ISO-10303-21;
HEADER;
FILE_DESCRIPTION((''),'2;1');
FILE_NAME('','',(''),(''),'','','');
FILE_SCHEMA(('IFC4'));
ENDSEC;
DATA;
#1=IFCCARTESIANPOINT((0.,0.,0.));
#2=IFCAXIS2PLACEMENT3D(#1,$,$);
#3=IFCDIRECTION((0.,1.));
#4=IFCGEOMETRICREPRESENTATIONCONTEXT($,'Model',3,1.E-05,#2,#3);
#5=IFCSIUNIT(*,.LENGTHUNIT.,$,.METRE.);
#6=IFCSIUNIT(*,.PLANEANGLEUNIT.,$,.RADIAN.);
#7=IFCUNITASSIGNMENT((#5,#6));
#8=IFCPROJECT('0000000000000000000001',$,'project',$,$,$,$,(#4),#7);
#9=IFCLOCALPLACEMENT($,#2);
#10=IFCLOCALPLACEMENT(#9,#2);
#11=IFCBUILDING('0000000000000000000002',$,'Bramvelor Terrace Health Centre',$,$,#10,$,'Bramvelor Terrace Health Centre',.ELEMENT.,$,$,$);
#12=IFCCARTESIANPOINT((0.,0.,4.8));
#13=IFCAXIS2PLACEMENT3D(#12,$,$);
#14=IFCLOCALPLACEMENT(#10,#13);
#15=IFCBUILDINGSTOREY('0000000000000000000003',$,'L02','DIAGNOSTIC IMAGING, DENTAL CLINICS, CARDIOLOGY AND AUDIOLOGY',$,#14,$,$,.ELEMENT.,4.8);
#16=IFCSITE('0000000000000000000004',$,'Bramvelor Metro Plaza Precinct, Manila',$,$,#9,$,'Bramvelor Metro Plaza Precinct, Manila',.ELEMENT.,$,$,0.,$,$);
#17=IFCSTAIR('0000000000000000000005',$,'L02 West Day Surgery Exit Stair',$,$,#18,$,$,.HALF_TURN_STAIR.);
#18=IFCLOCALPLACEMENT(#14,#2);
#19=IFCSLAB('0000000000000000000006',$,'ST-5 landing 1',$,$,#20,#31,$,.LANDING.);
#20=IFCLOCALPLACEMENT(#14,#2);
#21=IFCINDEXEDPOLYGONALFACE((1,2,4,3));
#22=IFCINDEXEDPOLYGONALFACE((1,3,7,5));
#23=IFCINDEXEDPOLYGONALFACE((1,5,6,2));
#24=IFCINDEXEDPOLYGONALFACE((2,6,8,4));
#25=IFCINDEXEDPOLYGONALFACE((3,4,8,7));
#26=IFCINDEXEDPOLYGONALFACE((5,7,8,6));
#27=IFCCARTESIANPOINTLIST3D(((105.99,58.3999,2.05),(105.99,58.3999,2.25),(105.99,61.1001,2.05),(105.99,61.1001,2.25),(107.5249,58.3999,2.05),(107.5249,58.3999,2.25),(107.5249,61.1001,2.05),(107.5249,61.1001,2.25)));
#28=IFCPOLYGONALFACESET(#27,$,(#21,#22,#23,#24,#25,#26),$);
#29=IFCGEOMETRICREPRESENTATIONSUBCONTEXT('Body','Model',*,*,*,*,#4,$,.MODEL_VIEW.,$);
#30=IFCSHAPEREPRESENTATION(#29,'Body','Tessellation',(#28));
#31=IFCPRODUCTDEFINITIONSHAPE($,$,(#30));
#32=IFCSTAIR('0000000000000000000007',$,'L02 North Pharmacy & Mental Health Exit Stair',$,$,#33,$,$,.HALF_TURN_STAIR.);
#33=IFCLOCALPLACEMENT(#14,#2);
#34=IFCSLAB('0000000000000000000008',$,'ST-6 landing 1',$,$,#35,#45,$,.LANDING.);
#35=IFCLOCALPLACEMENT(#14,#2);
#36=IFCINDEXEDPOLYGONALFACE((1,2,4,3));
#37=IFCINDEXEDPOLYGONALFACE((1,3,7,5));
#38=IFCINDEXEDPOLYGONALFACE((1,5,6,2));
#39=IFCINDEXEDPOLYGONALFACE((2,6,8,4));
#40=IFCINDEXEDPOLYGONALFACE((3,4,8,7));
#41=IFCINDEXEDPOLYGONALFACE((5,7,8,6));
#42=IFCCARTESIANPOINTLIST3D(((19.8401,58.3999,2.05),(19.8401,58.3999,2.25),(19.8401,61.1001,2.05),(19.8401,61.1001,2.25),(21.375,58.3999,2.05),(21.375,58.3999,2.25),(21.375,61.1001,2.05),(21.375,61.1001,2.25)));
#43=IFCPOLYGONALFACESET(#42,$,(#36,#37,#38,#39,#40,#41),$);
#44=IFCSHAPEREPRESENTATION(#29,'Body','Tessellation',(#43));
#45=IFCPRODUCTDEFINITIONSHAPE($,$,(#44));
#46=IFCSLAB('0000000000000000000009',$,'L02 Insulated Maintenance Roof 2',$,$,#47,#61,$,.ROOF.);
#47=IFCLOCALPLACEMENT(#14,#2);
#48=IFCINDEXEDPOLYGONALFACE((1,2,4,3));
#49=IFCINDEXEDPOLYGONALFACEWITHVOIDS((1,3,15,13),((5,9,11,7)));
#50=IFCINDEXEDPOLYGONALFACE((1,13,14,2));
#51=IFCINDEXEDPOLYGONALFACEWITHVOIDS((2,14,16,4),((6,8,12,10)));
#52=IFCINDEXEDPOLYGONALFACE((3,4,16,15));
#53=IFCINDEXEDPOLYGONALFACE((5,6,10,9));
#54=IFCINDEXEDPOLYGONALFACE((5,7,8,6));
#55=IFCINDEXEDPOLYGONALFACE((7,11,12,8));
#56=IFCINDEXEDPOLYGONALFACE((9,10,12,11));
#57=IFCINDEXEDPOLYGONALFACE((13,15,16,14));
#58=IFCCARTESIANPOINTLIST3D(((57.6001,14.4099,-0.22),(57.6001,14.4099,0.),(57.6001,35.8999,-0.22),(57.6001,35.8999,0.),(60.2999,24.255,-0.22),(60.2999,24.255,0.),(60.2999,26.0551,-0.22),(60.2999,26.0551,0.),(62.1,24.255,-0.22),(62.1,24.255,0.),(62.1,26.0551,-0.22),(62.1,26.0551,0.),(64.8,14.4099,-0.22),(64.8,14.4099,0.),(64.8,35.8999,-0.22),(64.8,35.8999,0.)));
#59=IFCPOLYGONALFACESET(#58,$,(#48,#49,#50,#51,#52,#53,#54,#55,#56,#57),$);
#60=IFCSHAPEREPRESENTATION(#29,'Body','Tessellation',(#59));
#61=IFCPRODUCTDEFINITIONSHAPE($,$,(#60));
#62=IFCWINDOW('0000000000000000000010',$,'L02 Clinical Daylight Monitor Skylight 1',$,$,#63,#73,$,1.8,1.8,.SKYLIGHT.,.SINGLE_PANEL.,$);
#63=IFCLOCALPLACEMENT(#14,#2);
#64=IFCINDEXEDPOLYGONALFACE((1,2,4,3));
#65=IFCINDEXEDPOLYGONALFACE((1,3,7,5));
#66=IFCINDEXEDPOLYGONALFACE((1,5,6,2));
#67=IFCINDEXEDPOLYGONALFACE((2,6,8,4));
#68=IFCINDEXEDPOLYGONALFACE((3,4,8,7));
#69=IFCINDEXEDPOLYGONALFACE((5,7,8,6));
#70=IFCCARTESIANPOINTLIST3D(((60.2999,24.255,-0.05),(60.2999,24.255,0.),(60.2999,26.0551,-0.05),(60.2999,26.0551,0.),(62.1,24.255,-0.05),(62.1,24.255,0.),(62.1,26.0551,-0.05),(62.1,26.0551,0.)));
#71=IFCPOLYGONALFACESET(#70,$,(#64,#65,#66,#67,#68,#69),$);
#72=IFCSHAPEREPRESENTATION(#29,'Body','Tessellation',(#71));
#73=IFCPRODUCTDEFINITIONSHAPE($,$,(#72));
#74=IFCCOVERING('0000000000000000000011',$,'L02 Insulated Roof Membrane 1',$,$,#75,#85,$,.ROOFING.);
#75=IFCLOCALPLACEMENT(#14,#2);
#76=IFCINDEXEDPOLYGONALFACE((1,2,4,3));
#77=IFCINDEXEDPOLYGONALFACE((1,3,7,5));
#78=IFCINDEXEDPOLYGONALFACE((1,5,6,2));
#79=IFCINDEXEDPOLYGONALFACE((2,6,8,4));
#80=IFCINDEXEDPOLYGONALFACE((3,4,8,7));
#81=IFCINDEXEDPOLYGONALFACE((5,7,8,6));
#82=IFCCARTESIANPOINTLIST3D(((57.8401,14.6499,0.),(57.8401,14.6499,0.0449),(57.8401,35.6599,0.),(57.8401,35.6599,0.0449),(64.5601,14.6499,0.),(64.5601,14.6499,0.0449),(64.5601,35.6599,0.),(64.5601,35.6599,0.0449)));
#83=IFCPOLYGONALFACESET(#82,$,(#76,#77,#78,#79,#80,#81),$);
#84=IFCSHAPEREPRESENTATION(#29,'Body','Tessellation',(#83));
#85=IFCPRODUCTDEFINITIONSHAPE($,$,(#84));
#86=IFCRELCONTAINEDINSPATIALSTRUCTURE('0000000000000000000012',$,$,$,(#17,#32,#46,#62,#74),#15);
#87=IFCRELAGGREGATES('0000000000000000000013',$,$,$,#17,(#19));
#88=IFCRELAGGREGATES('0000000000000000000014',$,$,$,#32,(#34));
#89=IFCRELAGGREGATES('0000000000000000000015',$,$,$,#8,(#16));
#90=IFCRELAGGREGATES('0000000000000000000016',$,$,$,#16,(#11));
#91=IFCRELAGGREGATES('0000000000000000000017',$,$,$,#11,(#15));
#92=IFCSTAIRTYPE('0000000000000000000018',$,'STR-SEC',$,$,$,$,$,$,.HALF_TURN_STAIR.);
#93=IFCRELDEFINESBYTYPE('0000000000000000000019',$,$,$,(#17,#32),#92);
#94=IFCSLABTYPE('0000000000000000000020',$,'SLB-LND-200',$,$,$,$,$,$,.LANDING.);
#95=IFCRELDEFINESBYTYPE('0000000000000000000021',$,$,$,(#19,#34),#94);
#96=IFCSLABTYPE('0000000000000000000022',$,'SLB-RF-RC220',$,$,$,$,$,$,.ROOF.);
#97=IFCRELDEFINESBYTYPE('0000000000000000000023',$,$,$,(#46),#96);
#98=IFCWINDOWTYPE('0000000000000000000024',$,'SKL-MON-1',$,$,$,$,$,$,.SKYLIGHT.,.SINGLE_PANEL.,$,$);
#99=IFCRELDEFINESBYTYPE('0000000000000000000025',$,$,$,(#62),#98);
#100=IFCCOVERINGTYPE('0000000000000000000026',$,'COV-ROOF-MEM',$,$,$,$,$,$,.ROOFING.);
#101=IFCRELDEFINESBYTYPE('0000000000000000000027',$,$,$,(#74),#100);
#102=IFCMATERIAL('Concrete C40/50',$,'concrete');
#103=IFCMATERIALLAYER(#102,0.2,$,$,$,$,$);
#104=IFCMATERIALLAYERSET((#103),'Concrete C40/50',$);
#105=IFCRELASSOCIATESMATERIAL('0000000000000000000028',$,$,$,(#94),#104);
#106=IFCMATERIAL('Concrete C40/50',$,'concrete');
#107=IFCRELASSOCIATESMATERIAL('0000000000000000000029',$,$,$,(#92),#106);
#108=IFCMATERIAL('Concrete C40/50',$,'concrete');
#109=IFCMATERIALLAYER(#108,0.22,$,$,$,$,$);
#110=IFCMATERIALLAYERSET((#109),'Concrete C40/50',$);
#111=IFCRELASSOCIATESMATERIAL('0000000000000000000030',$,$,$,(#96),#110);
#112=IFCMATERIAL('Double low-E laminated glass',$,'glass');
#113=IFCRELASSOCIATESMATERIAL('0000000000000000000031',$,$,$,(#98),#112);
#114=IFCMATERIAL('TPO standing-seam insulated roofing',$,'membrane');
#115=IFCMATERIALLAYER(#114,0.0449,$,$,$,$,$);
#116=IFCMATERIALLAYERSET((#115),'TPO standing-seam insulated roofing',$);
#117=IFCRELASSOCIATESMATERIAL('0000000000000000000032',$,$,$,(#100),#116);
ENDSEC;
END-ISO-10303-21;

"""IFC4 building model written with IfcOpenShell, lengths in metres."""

from ifc_helpers import new_model, si_unit, direction, frame, origin, origin_2d, place, context, subcontext, project, spatial, polyline, rectangle, outline, extrude, material, layer, layer_set, type_object, element, fill, aggregate, save


model = new_model("IFC4")

# Units and contexts
model_context = context("Model", 3, precision=1e-05, world=origin(), true_north=direction((0.0, 1.0)))
body_context = subcontext(model_context, "Body", "Model", "MODEL_VIEW")
ifc_project = project(units=[si_unit("LENGTHUNIT", "METRE"), si_unit("PLANEANGLEUNIT", "RADIAN")], contexts=[model_context])

# Site, building, storey
site_placement = place(None, origin())
site = spatial("IfcSite", under=ifc_project, at=site_placement, Name="Bramvelor Metro Plaza Precinct, Manila", LongName="Bramvelor Metro Plaza Precinct, Manila", CompositionType="ELEMENT", RefElevation=0.0)
building_placement = place(site_placement, origin())
building = spatial("IfcBuilding", under=site, at=building_placement, Name="Bramvelor Terrace Health Centre", LongName="Bramvelor Terrace Health Centre", CompositionType="ELEMENT")
storey_placement = place(building_placement, frame((0.0, 0.0, 4.8)))
storey = spatial("IfcBuildingStorey", under=building, at=storey_placement, Name="L02", Description="DIAGNOSTIC IMAGING, DENTAL CLINICS, CARDIOLOGY AND AUDIOLOGY", CompositionType="ELEMENT", Elevation=4.8)

# Stairs, slabs
ifc_material_1 = material(Name="Concrete C40/50", Category="concrete")
ifc_layer_1 = layer(ifc_material_1, 0.2)
ifc_layer_set_1 = layer_set([ifc_layer_1], Name="Concrete C40/50")
slab_type_1 = type_object("IfcSlabType", Name="SLB-LND-200", PredefinedType="LANDING", material=ifc_layer_set_1)
ifc_material_2 = material(Name="Concrete C40/50", Category="concrete")
stair_type_1 = type_object("IfcStairType", Name="STR-SEC", PredefinedType="HALF_TURN_STAIR", material=ifc_material_2)
stair_1_placement = place(storey_placement, origin())
stair_1 = element("IfcStair", 1, at=stair_1_placement, inside=storey, type_object=stair_type_1, Name="L02 West Day Surgery Exit Stair", PredefinedType="HALF_TURN_STAIR")
slab_1_placement = place(storey_placement, frame((0.0, 0.0, 2.05)))
slab_1 = element("IfcSlab", 2, at=slab_1_placement, type_object=slab_type_1, Name="ST-5 landing 1", PredefinedType="LANDING", context=body_context, shape_type="SweptSolid", body=[
    extrude(outline(polyline([(105.99, 58.3999), (107.5249, 58.3999), (107.5249, 61.1001), (105.99, 61.1001), (105.99, 58.3999)])), origin(), (0.0, 0.0, 1.0), 0.2),
])
aggregate(stair_1, [slab_1])
stair_2_placement = place(storey_placement, origin())
stair_2 = element("IfcStair", 3, at=stair_2_placement, inside=storey, type_object=stair_type_1, Name="L02 North Pharmacy & Mental Health Exit Stair", PredefinedType="HALF_TURN_STAIR")
slab_2_placement = place(storey_placement, frame((0.0, 0.0, 2.05)))
slab_2 = element("IfcSlab", 4, at=slab_2_placement, type_object=slab_type_1, Name="ST-6 landing 1", PredefinedType="LANDING", context=body_context, shape_type="SweptSolid", body=[
    extrude(outline(polyline([(19.8401, 58.3999), (21.375, 58.3999), (21.375, 61.1001), (19.8401, 61.1001), (19.8401, 58.3999)])), origin(), (0.0, 0.0, 1.0), 0.2),
])
aggregate(stair_2, [slab_2])

# Slab, opening, window
ifc_material_3 = material(Name="Concrete C40/50", Category="concrete")
ifc_layer_2 = layer(ifc_material_3, 0.22)
ifc_layer_set_2 = layer_set([ifc_layer_2], Name="Concrete C40/50")
slab_type_2 = type_object("IfcSlabType", Name="SLB-RF-RC220", PredefinedType="ROOF", material=ifc_layer_set_2)
slab_3_placement = place(storey_placement, frame((0.0, 0.0, -0.22)))
slab_3 = element("IfcSlab", 5, at=slab_3_placement, inside=storey, type_object=slab_type_2, Name="L02 Insulated Maintenance Roof 2", PredefinedType="ROOF", context=body_context, shape_type="SweptSolid", body=[
    extrude(outline(polyline([(64.8, 35.8999), (64.8, 14.4099), (57.6001, 14.4099), (57.6001, 35.8999), (64.8, 35.8999)])), origin(), (0.0, 0.0, 1.0), 0.22),
])
opening_placement = place(slab_3_placement, frame((61.2, 25.155, 0.0)))
opening = element("IfcOpeningElement", 6, at=opening_placement, cuts=slab_3, PredefinedType="OPENING", context=body_context, shape_type="SweptSolid", body=[
    extrude(rectangle(XDim=1.8, YDim=1.8, at=origin_2d()), origin(), (0.0, 0.0, 1.0), 0.22),
])
ifc_material_4 = material(Name="Double low-E laminated glass", Category="glass")
window_type = type_object("IfcWindowType", Name="SKL-MON-1", PartitioningType="SINGLE_PANEL", PredefinedType="SKYLIGHT", material=ifc_material_4)
window_placement = place(opening_placement, frame((0.0, 0.0, 0.1699)))
window = element("IfcWindow", 7, at=window_placement, inside=storey, type_object=window_type, Name="L02 Clinical Daylight Monitor Skylight 1", OverallHeight=1.8, OverallWidth=1.8, PartitioningType="SINGLE_PANEL", PredefinedType="SKYLIGHT", context=body_context, shape_type="SweptSolid", body=[
    extrude(rectangle(XDim=1.8, YDim=1.8, at=origin_2d()), origin(), (0.0, 0.0, 1.0), 0.05),
])
fill(opening, window)

# Covering
ifc_material_5 = material(Name="TPO standing-seam insulated roofing", Category="membrane")
ifc_layer_3 = layer(ifc_material_5, 0.0449)
ifc_layer_set_3 = layer_set([ifc_layer_3], Name="TPO standing-seam insulated roofing")
covering_type = type_object("IfcCoveringType", Name="COV-ROOF-MEM", PredefinedType="ROOFING", material=ifc_layer_set_3)
covering_placement = place(storey_placement, origin())
element("IfcCovering", 8, at=covering_placement, inside=storey, type_object=covering_type, Name="L02 Insulated Roof Membrane 1", PredefinedType="ROOFING", context=body_context, shape_type="SweptSolid", body=[
    extrude(outline(polyline([(64.5601, 35.6599), (64.5601, 14.6499), (57.8401, 14.6499), (57.8401, 35.6599), (64.5601, 35.6599)])), origin(), (0.0, 0.0, 1.0), 0.0449),
])

save(model, "model.ifc")
